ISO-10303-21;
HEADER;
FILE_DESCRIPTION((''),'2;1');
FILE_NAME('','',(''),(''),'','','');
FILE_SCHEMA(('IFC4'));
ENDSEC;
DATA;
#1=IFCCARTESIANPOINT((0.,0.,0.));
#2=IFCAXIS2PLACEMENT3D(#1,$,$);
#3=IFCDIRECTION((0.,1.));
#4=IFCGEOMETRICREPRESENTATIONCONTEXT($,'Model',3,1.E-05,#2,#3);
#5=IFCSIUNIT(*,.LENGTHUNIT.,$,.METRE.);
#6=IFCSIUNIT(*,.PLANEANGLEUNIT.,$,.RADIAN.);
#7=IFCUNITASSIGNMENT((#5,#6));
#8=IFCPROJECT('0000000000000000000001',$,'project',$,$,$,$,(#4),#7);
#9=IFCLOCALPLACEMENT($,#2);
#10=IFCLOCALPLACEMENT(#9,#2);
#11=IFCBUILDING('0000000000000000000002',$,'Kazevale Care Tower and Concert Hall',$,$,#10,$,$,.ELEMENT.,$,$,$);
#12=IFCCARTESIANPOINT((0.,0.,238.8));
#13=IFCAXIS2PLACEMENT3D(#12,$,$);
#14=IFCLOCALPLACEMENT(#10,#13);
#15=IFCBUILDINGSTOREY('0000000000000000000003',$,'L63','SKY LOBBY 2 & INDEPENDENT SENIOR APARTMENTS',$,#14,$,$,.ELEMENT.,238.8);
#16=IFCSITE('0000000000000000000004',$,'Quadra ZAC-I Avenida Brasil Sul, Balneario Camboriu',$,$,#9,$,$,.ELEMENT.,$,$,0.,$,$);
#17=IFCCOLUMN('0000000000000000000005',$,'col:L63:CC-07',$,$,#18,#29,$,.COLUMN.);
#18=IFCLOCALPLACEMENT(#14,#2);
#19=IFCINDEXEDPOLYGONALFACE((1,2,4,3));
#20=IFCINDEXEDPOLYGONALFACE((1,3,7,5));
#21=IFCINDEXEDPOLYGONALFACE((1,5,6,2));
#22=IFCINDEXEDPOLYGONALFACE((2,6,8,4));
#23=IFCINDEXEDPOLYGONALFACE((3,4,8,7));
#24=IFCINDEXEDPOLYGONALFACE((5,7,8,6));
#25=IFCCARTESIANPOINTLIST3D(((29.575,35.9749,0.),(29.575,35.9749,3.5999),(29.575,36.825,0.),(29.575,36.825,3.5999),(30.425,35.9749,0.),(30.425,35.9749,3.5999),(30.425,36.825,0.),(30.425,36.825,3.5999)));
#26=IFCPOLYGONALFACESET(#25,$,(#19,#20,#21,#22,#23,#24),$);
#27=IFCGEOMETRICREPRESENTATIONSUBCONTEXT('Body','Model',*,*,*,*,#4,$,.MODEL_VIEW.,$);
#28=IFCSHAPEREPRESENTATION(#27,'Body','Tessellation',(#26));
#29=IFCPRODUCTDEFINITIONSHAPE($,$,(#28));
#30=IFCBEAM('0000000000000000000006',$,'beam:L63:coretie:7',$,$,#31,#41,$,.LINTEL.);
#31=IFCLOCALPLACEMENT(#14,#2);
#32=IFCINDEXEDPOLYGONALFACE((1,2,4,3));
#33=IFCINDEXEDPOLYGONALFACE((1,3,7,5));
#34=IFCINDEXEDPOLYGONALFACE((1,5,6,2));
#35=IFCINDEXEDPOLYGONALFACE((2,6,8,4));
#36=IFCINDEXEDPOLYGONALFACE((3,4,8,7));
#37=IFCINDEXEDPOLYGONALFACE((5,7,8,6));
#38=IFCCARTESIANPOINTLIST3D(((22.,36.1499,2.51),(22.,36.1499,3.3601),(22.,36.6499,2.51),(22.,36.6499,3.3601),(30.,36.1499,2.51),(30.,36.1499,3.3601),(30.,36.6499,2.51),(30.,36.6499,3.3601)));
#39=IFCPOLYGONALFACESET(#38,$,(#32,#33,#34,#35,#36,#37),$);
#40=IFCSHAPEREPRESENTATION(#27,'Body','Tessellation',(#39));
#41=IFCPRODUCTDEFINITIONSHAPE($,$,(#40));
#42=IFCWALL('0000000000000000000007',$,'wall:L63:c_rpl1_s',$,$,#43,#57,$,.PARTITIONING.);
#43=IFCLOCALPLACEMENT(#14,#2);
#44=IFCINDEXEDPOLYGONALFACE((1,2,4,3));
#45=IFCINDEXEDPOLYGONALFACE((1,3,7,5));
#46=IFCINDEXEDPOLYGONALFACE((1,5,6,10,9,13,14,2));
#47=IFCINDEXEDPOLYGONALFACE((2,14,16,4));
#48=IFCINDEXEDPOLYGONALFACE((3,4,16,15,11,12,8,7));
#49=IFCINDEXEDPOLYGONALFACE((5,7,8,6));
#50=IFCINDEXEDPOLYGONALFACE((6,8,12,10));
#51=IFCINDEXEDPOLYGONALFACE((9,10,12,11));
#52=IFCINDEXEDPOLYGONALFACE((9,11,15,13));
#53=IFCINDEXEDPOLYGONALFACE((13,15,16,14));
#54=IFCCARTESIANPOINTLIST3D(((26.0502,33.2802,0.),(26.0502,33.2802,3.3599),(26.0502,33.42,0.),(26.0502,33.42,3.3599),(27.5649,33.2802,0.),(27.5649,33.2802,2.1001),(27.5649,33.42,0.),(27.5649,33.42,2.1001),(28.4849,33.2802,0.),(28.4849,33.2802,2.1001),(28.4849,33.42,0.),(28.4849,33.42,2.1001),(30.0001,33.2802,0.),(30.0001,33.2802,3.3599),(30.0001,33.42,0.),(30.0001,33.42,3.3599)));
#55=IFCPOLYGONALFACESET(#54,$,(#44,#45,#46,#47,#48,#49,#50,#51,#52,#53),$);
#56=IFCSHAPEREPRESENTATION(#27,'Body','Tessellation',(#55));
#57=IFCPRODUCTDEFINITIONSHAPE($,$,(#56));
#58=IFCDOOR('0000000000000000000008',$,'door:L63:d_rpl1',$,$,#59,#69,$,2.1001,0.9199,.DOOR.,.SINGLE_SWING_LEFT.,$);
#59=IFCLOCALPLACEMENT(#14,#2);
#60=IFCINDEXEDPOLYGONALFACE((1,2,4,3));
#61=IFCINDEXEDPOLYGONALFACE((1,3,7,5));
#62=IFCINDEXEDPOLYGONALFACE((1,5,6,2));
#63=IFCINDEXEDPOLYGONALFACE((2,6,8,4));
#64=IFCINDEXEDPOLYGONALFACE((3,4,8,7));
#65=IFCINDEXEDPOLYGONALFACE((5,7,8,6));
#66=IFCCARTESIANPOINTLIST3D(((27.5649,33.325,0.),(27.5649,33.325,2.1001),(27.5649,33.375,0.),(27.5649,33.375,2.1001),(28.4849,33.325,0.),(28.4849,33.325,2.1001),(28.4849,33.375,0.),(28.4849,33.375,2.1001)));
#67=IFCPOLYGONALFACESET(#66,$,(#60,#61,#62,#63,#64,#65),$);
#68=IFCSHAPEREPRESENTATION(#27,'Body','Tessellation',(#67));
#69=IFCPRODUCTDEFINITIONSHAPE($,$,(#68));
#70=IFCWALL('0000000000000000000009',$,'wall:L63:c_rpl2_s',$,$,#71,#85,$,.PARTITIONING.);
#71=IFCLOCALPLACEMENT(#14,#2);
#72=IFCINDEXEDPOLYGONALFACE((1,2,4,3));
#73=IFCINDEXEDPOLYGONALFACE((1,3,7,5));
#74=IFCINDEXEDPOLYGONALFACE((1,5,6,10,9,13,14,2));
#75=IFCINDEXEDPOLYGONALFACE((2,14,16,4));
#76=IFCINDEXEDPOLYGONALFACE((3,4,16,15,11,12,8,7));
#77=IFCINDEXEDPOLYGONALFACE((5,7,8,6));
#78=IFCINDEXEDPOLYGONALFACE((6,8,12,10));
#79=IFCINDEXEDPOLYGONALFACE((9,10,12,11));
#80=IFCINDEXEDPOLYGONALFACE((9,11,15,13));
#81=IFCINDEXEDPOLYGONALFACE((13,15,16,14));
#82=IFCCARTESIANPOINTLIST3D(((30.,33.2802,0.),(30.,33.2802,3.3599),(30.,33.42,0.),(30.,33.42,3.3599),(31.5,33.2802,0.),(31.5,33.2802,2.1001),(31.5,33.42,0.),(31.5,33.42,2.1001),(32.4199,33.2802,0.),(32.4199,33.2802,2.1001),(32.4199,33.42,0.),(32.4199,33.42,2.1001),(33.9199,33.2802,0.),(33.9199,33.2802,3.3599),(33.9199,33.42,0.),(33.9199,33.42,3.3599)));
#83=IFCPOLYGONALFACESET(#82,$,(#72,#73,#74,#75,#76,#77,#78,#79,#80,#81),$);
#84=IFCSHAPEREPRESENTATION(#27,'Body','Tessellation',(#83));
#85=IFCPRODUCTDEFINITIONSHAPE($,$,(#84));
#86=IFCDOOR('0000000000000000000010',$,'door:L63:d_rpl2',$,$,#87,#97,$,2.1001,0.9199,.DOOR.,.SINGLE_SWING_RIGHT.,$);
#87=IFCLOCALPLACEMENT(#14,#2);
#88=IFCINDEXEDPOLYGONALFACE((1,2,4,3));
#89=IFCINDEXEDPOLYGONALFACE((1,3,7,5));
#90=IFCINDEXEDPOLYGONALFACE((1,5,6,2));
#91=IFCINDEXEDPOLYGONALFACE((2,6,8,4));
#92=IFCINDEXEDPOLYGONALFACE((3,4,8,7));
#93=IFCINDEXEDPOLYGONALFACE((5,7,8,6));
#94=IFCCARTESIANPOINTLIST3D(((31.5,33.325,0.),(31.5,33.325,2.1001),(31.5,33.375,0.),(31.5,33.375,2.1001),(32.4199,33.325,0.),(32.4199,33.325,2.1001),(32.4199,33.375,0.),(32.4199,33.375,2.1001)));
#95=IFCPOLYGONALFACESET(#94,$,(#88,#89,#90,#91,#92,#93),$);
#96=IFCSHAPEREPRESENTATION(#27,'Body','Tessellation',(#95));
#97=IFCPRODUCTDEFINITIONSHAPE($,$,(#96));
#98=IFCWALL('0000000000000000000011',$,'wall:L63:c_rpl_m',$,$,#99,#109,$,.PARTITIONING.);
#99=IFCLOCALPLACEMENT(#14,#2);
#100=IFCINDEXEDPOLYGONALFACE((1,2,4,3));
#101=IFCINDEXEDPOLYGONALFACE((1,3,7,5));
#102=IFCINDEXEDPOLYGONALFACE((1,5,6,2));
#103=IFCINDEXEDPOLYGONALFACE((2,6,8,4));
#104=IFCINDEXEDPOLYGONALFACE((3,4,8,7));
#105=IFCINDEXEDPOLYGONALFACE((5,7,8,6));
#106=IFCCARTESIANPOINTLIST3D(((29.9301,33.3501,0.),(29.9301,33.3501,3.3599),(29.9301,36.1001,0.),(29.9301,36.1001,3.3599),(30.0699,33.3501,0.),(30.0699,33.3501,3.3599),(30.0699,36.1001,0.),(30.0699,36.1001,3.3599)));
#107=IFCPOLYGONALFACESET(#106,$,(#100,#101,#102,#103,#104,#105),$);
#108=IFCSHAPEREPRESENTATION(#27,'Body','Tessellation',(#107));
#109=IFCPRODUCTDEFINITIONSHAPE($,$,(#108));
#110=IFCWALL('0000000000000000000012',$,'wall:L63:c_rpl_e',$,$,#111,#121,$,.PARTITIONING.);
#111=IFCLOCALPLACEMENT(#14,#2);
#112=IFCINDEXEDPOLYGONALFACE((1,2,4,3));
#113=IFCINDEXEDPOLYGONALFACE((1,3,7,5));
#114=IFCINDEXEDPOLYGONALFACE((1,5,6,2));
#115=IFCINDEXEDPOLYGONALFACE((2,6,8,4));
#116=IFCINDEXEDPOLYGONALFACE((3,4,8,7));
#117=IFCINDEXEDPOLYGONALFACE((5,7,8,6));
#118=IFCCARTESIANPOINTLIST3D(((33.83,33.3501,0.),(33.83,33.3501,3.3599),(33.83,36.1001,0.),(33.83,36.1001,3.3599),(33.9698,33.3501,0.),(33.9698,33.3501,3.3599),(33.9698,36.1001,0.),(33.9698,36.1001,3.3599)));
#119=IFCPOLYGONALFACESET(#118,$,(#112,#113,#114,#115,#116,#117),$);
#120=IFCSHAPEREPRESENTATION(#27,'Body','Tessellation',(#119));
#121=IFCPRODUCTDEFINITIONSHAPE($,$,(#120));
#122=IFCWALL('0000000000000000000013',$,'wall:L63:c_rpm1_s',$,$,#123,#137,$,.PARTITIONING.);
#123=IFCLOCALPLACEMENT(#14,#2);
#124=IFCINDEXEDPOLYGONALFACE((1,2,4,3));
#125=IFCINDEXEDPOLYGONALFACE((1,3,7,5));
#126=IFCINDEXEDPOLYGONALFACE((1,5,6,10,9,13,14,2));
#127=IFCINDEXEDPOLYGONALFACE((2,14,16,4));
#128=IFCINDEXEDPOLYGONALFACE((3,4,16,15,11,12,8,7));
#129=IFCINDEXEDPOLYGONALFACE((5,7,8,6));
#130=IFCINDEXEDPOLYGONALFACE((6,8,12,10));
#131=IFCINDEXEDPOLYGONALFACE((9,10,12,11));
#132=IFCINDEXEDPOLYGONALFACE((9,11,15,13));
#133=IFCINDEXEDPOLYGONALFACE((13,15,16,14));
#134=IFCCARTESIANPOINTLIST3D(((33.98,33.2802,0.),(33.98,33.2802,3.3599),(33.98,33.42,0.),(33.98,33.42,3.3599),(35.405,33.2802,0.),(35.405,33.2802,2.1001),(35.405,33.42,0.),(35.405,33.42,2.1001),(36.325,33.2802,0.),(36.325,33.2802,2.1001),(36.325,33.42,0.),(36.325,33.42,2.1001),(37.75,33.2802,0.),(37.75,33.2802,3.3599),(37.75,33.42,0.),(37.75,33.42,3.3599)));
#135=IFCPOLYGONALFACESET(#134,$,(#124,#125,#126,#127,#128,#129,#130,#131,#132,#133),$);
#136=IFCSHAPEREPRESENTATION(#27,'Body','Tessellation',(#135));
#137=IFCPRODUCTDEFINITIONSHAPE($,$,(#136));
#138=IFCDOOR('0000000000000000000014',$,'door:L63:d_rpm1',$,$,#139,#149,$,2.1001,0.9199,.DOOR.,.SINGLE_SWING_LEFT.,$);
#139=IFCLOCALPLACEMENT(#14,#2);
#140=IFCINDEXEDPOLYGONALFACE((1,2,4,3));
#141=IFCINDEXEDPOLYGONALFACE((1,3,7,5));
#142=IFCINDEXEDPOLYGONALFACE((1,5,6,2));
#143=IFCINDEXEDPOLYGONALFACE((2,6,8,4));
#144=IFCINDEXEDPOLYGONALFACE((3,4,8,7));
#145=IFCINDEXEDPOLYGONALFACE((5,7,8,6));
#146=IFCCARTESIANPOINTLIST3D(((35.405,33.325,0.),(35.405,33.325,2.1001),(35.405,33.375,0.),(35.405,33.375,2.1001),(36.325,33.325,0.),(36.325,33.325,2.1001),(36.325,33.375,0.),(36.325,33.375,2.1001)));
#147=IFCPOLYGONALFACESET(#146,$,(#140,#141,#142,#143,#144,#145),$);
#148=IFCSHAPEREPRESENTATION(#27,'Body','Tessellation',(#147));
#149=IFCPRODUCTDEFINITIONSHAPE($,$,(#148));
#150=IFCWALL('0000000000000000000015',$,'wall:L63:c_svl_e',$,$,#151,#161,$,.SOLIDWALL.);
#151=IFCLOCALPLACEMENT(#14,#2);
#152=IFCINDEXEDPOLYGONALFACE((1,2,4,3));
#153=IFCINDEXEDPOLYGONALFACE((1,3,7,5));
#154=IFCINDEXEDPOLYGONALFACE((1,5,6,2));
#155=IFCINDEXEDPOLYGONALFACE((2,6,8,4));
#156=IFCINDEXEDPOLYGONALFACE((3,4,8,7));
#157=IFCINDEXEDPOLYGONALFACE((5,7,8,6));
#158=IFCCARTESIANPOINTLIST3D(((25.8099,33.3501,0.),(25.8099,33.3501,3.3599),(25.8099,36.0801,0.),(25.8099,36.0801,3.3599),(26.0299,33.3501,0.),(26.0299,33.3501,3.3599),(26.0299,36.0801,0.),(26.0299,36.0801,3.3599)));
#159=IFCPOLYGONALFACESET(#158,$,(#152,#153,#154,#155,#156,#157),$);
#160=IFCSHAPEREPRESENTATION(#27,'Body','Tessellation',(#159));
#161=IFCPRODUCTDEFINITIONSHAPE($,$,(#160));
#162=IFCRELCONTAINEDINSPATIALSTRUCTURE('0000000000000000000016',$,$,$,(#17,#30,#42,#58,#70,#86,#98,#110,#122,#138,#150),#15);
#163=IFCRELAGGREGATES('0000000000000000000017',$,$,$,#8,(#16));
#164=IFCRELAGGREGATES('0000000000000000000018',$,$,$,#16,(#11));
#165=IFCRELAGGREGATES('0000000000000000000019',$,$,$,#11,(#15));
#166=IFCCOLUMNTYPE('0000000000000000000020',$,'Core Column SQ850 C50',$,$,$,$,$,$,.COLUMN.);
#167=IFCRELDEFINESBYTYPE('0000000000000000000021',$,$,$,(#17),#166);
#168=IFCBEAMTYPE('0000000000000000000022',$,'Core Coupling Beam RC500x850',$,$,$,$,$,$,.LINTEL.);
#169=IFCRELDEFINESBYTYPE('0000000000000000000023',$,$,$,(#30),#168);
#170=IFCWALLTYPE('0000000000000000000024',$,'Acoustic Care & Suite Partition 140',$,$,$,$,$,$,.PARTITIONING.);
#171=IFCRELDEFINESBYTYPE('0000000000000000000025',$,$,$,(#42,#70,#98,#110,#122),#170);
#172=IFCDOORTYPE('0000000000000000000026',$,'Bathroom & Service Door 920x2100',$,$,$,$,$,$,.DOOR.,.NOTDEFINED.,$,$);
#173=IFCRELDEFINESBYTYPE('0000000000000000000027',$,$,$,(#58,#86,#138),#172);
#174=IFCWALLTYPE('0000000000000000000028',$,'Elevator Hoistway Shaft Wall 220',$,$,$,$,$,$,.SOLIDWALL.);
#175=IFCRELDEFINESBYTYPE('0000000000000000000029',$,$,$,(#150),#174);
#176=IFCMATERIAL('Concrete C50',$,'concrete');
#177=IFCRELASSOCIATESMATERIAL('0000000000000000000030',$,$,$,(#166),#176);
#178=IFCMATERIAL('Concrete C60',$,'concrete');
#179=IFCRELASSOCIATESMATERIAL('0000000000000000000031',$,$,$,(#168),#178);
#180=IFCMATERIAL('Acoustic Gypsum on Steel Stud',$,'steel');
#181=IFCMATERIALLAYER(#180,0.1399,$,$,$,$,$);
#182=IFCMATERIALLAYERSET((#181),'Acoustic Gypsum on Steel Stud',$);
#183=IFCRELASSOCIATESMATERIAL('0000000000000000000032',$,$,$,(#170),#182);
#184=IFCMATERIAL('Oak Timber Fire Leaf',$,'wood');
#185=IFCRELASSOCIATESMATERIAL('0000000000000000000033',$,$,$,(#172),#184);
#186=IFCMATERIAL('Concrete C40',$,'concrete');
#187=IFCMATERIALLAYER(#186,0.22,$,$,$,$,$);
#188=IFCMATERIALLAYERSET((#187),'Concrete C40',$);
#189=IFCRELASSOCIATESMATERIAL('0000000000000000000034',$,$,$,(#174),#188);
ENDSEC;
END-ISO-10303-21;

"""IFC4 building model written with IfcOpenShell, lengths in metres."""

from ifc_helpers import new_model, si_unit, direction, frame, frame_2d, origin, origin_2d, place, context, subcontext, project, spatial, rectangle, extrude, material, layer, layer_set, material_profile, profile_set, type_object, element, fill, save


model = new_model("IFC4")

# Units and contexts
model_context = context("Model", 3, precision=1e-05, world=origin(), true_north=direction((0.0, 1.0)))
body_context = subcontext(model_context, "Body", "Model", "MODEL_VIEW")
ifc_project = project(units=[si_unit("LENGTHUNIT", "METRE"), si_unit("PLANEANGLEUNIT", "RADIAN")], contexts=[model_context])

# Site, building, storey
site_placement = place(None, origin())
site = spatial("IfcSite", under=ifc_project, at=site_placement, Name="Quadra ZAC-I Avenida Brasil Sul, Balneario Camboriu", CompositionType="ELEMENT", RefElevation=0.0)
building_placement = place(site_placement, origin())
building = spatial("IfcBuilding", under=site, at=building_placement, Name="Kazevale Care Tower and Concert Hall", CompositionType="ELEMENT")
storey_placement = place(building_placement, frame((0.0, 0.0, 238.8)))
storey = spatial("IfcBuildingStorey", under=building, at=storey_placement, Name="L63", Description="SKY LOBBY 2 & INDEPENDENT SENIOR APARTMENTS", CompositionType="ELEMENT", Elevation=238.8)

# Column
ifc_material_1 = material(Name="Concrete C50", Category="concrete")
ifc_material_profile_1 = material_profile(ifc_material_1, rectangle(XDim=0.8501, YDim=0.8501, at=origin_2d()), Name="RC-SQ850")
ifc_profile_set_1 = profile_set([ifc_material_profile_1], Name="Concrete C50")
column_type = type_object("IfcColumnType", Name="Core Column SQ850 C50", PredefinedType="COLUMN", material=ifc_profile_set_1)
column_placement = place(storey_placement, frame((30.0, 36.3999, 0.0), z_axis=(0.0, 0.0, 1.0), x_axis=(1.0, 0.0, 0.0)))
element("IfcColumn", 1, at=column_placement, inside=storey, type_object=column_type, Name="col:L63:CC-07", PredefinedType="COLUMN", context=body_context, shape_type="SweptSolid", body=[
    extrude(rectangle(XDim=0.8501, YDim=0.8501, at=origin_2d()), origin(), (0.0, 0.0, 1.0), 3.5999),
])

# Beam
ifc_material_2 = material(Name="Concrete C60", Category="concrete")
ifc_material_profile_2 = material_profile(ifc_material_2, rectangle(XDim=0.5, YDim=0.8501, at=origin_2d()), Name="RC-B500x850")
ifc_profile_set_2 = profile_set([ifc_material_profile_2], Name="Concrete C60")
beam_type = type_object("IfcBeamType", Name="Core Coupling Beam RC500x850", PredefinedType="LINTEL", material=ifc_profile_set_2)
beam_placement = place(storey_placement, frame((30.0, 36.3999, 2.9351), z_axis=(-1.0, 0.0, 0.0), x_axis=(0.0, -1.0, 0.0)))
element("IfcBeam", 2, at=beam_placement, inside=storey, type_object=beam_type, Name="beam:L63:coretie:7", PredefinedType="LINTEL", context=body_context, shape_type="SweptSolid", body=[
    extrude(rectangle(XDim=0.5, YDim=0.8501, at=origin_2d()), origin(), (0.0, 0.0, 1.0), 8.0),
])

# Walls, openings, doors
ifc_material_3 = material(Name="Acoustic Gypsum on Steel Stud", Category="steel")
ifc_layer_1 = layer(ifc_material_3, 0.1399)
ifc_layer_set_1 = layer_set([ifc_layer_1], Name="Acoustic Gypsum on Steel Stud")
wall_type_1 = type_object("IfcWallType", Name="Acoustic Care & Suite Partition 140", PredefinedType="PARTITIONING", material=ifc_layer_set_1)
wall_1_placement = place(storey_placement, frame((26.05, 33.3501, 0.0), z_axis=(0.0, 0.0, 1.0), x_axis=(1.0, 0.0, 0.0)))
wall_1 = element("IfcWall", 3, at=wall_1_placement, inside=storey, type_object=wall_type_1, Name="wall:L63:c_rpl1_s", PredefinedType="PARTITIONING", context=body_context, shape_type="SweptSolid", body=[
    extrude(rectangle(XDim=3.95, YDim=0.1399, at=frame_2d((1.9751, 0.0))), origin(), (0.0, 0.0, 1.0), 3.3599),
])
opening_1_placement = place(wall_1_placement, frame((1.5149, 0.0, 0.0)))
opening_1 = element("IfcOpeningElement", 4, at=opening_1_placement, cuts=wall_1, PredefinedType="OPENING", context=body_context, shape_type="SweptSolid", body=[
    extrude(rectangle(XDim=0.9199, YDim=2.1001, at=frame_2d((0.46, 1.05))), frame((0.0, 0.0798, 0.0), z_axis=(0.0, -1.0, 0.0), x_axis=(1.0, 0.0, 0.0)), (0.0, 0.0, 1.0), 0.1599),
])
ifc_material_4 = material(Name="Oak Timber Fire Leaf", Category="wood")
door_type_1 = type_object("IfcDoorType", Name="Bathroom & Service Door 920x2100", OperationType="NOTDEFINED", PredefinedType="DOOR", material=ifc_material_4)
door_1_placement = place(opening_1_placement, origin())
door_1 = element("IfcDoor", 5, at=door_1_placement, inside=storey, type_object=door_type_1, Name="door:L63:d_rpl1", OperationType="SINGLE_SWING_LEFT", OverallHeight=2.1001, OverallWidth=0.9199, PredefinedType="DOOR", context=body_context, shape_type="SweptSolid", body=[
    extrude(rectangle(XDim=0.9199, YDim=2.1001, at=frame_2d((0.46, 1.05))), frame((0.0, 0.0249, 0.0), z_axis=(0.0, -1.0, 0.0), x_axis=(1.0, 0.0, 0.0)), (0.0, 0.0, 1.0), 0.05),
])
fill(opening_1, door_1)
wall_2_placement = place(storey_placement, frame((30.0, 33.3501, 0.0), z_axis=(0.0, 0.0, 1.0), x_axis=(1.0, 0.0, 0.0)))
wall_2 = element("IfcWall", 6, at=wall_2_placement, inside=storey, type_object=wall_type_1, Name="wall:L63:c_rpl2_s", PredefinedType="PARTITIONING", context=body_context, shape_type="SweptSolid", body=[
    extrude(rectangle(XDim=3.9199, YDim=0.1399, at=frame_2d((1.96, 0.0))), origin(), (0.0, 0.0, 1.0), 3.3599),
])
opening_2_placement = place(wall_2_placement, frame((1.5, 0.0, 0.0)))
opening_2 = element("IfcOpeningElement", 7, at=opening_2_placement, cuts=wall_2, PredefinedType="OPENING", context=body_context, shape_type="SweptSolid", body=[
    extrude(rectangle(XDim=0.9199, YDim=2.1001, at=frame_2d((0.46, 1.05))), frame((0.0, 0.0798, 0.0), z_axis=(0.0, -1.0, 0.0), x_axis=(1.0, 0.0, 0.0)), (0.0, 0.0, 1.0), 0.1599),
])
door_2_placement = place(opening_2_placement, origin())
door_2 = element("IfcDoor", 8, at=door_2_placement, inside=storey, type_object=door_type_1, Name="door:L63:d_rpl2", OperationType="SINGLE_SWING_RIGHT", OverallHeight=2.1001, OverallWidth=0.9199, PredefinedType="DOOR", context=body_context, shape_type="SweptSolid", body=[
    extrude(rectangle(XDim=0.9199, YDim=2.1001, at=frame_2d((0.46, 1.05))), frame((0.0, 0.0249, 0.0), z_axis=(0.0, -1.0, 0.0), x_axis=(1.0, 0.0, 0.0)), (0.0, 0.0, 1.0), 0.05),
])
fill(opening_2, door_2)

# Walls
for number, where, z_axis, x_axis, name in (
    (9, (30.0, 33.3501, 0.0), (0.0, 0.0, 1.0), (0.0, 1.0, 0.0), "wall:L63:c_rpl_m"),
    (10, (33.8999, 33.3501, 0.0), (0.0, 0.0, 1.0), (0.0, 1.0, 0.0), "wall:L63:c_rpl_e"),
):
    element("IfcWall", number, at=place(storey_placement, frame(where, z_axis=z_axis, x_axis=x_axis)), inside=storey, type_object=wall_type_1, Name=name, PredefinedType="PARTITIONING", context=body_context, shape_type="SweptSolid", body=[
        extrude(rectangle(XDim=2.75, YDim=0.1399, at=frame_2d((1.375, 0.0))), origin(), (0.0, 0.0, 1.0), 3.3599),
    ])

# Wall, opening, door
wall_3_placement = place(storey_placement, frame((33.98, 33.3501, 0.0), z_axis=(0.0, 0.0, 1.0), x_axis=(1.0, 0.0, 0.0)))
wall_3 = element("IfcWall", 11, at=wall_3_placement, inside=storey, type_object=wall_type_1, Name="wall:L63:c_rpm1_s", PredefinedType="PARTITIONING", context=body_context, shape_type="SweptSolid", body=[
    extrude(rectangle(XDim=3.77, YDim=0.1399, at=frame_2d((1.885, 0.0))), origin(), (0.0, 0.0, 1.0), 3.3599),
])
opening_3_placement = place(wall_3_placement, frame((1.425, 0.0, 0.0)))
opening_3 = element("IfcOpeningElement", 12, at=opening_3_placement, cuts=wall_3, PredefinedType="OPENING", context=body_context, shape_type="SweptSolid", body=[
    extrude(rectangle(XDim=0.9199, YDim=2.1001, at=frame_2d((0.46, 1.05))), frame((0.0, 0.0798, 0.0), z_axis=(0.0, -1.0, 0.0), x_axis=(1.0, 0.0, 0.0)), (0.0, 0.0, 1.0), 0.1599),
])
door_3_placement = place(opening_3_placement, origin())
door_3 = element("IfcDoor", 13, at=door_3_placement, inside=storey, type_object=door_type_1, Name="door:L63:d_rpm1", OperationType="SINGLE_SWING_LEFT", OverallHeight=2.1001, OverallWidth=0.9199, PredefinedType="DOOR", context=body_context, shape_type="SweptSolid", body=[
    extrude(rectangle(XDim=0.9199, YDim=2.1001, at=frame_2d((0.46, 1.05))), frame((0.0, 0.0249, 0.0), z_axis=(0.0, -1.0, 0.0), x_axis=(1.0, 0.0, 0.0)), (0.0, 0.0, 1.0), 0.05),
])
fill(opening_3, door_3)

# Wall
ifc_material_5 = material(Name="Concrete C40", Category="concrete")
ifc_layer_2 = layer(ifc_material_5, 0.22)
ifc_layer_set_2 = layer_set([ifc_layer_2], Name="Concrete C40")
wall_type_2 = type_object("IfcWallType", Name="Elevator Hoistway Shaft Wall 220", PredefinedType="SOLIDWALL", material=ifc_layer_set_2)
wall_4_placement = place(storey_placement, frame((25.9199, 33.3501, 0.0), z_axis=(0.0, 0.0, 1.0), x_axis=(0.0, 1.0, 0.0)))
element("IfcWall", 14, at=wall_4_placement, inside=storey, type_object=wall_type_2, Name="wall:L63:c_svl_e", PredefinedType="SOLIDWALL", context=body_context, shape_type="SweptSolid", body=[
    extrude(rectangle(XDim=2.73, YDim=0.22, at=frame_2d((1.365, 0.0))), origin(), (0.0, 0.0, 1.0), 3.3599),
])

save(model, "model.ifc")
